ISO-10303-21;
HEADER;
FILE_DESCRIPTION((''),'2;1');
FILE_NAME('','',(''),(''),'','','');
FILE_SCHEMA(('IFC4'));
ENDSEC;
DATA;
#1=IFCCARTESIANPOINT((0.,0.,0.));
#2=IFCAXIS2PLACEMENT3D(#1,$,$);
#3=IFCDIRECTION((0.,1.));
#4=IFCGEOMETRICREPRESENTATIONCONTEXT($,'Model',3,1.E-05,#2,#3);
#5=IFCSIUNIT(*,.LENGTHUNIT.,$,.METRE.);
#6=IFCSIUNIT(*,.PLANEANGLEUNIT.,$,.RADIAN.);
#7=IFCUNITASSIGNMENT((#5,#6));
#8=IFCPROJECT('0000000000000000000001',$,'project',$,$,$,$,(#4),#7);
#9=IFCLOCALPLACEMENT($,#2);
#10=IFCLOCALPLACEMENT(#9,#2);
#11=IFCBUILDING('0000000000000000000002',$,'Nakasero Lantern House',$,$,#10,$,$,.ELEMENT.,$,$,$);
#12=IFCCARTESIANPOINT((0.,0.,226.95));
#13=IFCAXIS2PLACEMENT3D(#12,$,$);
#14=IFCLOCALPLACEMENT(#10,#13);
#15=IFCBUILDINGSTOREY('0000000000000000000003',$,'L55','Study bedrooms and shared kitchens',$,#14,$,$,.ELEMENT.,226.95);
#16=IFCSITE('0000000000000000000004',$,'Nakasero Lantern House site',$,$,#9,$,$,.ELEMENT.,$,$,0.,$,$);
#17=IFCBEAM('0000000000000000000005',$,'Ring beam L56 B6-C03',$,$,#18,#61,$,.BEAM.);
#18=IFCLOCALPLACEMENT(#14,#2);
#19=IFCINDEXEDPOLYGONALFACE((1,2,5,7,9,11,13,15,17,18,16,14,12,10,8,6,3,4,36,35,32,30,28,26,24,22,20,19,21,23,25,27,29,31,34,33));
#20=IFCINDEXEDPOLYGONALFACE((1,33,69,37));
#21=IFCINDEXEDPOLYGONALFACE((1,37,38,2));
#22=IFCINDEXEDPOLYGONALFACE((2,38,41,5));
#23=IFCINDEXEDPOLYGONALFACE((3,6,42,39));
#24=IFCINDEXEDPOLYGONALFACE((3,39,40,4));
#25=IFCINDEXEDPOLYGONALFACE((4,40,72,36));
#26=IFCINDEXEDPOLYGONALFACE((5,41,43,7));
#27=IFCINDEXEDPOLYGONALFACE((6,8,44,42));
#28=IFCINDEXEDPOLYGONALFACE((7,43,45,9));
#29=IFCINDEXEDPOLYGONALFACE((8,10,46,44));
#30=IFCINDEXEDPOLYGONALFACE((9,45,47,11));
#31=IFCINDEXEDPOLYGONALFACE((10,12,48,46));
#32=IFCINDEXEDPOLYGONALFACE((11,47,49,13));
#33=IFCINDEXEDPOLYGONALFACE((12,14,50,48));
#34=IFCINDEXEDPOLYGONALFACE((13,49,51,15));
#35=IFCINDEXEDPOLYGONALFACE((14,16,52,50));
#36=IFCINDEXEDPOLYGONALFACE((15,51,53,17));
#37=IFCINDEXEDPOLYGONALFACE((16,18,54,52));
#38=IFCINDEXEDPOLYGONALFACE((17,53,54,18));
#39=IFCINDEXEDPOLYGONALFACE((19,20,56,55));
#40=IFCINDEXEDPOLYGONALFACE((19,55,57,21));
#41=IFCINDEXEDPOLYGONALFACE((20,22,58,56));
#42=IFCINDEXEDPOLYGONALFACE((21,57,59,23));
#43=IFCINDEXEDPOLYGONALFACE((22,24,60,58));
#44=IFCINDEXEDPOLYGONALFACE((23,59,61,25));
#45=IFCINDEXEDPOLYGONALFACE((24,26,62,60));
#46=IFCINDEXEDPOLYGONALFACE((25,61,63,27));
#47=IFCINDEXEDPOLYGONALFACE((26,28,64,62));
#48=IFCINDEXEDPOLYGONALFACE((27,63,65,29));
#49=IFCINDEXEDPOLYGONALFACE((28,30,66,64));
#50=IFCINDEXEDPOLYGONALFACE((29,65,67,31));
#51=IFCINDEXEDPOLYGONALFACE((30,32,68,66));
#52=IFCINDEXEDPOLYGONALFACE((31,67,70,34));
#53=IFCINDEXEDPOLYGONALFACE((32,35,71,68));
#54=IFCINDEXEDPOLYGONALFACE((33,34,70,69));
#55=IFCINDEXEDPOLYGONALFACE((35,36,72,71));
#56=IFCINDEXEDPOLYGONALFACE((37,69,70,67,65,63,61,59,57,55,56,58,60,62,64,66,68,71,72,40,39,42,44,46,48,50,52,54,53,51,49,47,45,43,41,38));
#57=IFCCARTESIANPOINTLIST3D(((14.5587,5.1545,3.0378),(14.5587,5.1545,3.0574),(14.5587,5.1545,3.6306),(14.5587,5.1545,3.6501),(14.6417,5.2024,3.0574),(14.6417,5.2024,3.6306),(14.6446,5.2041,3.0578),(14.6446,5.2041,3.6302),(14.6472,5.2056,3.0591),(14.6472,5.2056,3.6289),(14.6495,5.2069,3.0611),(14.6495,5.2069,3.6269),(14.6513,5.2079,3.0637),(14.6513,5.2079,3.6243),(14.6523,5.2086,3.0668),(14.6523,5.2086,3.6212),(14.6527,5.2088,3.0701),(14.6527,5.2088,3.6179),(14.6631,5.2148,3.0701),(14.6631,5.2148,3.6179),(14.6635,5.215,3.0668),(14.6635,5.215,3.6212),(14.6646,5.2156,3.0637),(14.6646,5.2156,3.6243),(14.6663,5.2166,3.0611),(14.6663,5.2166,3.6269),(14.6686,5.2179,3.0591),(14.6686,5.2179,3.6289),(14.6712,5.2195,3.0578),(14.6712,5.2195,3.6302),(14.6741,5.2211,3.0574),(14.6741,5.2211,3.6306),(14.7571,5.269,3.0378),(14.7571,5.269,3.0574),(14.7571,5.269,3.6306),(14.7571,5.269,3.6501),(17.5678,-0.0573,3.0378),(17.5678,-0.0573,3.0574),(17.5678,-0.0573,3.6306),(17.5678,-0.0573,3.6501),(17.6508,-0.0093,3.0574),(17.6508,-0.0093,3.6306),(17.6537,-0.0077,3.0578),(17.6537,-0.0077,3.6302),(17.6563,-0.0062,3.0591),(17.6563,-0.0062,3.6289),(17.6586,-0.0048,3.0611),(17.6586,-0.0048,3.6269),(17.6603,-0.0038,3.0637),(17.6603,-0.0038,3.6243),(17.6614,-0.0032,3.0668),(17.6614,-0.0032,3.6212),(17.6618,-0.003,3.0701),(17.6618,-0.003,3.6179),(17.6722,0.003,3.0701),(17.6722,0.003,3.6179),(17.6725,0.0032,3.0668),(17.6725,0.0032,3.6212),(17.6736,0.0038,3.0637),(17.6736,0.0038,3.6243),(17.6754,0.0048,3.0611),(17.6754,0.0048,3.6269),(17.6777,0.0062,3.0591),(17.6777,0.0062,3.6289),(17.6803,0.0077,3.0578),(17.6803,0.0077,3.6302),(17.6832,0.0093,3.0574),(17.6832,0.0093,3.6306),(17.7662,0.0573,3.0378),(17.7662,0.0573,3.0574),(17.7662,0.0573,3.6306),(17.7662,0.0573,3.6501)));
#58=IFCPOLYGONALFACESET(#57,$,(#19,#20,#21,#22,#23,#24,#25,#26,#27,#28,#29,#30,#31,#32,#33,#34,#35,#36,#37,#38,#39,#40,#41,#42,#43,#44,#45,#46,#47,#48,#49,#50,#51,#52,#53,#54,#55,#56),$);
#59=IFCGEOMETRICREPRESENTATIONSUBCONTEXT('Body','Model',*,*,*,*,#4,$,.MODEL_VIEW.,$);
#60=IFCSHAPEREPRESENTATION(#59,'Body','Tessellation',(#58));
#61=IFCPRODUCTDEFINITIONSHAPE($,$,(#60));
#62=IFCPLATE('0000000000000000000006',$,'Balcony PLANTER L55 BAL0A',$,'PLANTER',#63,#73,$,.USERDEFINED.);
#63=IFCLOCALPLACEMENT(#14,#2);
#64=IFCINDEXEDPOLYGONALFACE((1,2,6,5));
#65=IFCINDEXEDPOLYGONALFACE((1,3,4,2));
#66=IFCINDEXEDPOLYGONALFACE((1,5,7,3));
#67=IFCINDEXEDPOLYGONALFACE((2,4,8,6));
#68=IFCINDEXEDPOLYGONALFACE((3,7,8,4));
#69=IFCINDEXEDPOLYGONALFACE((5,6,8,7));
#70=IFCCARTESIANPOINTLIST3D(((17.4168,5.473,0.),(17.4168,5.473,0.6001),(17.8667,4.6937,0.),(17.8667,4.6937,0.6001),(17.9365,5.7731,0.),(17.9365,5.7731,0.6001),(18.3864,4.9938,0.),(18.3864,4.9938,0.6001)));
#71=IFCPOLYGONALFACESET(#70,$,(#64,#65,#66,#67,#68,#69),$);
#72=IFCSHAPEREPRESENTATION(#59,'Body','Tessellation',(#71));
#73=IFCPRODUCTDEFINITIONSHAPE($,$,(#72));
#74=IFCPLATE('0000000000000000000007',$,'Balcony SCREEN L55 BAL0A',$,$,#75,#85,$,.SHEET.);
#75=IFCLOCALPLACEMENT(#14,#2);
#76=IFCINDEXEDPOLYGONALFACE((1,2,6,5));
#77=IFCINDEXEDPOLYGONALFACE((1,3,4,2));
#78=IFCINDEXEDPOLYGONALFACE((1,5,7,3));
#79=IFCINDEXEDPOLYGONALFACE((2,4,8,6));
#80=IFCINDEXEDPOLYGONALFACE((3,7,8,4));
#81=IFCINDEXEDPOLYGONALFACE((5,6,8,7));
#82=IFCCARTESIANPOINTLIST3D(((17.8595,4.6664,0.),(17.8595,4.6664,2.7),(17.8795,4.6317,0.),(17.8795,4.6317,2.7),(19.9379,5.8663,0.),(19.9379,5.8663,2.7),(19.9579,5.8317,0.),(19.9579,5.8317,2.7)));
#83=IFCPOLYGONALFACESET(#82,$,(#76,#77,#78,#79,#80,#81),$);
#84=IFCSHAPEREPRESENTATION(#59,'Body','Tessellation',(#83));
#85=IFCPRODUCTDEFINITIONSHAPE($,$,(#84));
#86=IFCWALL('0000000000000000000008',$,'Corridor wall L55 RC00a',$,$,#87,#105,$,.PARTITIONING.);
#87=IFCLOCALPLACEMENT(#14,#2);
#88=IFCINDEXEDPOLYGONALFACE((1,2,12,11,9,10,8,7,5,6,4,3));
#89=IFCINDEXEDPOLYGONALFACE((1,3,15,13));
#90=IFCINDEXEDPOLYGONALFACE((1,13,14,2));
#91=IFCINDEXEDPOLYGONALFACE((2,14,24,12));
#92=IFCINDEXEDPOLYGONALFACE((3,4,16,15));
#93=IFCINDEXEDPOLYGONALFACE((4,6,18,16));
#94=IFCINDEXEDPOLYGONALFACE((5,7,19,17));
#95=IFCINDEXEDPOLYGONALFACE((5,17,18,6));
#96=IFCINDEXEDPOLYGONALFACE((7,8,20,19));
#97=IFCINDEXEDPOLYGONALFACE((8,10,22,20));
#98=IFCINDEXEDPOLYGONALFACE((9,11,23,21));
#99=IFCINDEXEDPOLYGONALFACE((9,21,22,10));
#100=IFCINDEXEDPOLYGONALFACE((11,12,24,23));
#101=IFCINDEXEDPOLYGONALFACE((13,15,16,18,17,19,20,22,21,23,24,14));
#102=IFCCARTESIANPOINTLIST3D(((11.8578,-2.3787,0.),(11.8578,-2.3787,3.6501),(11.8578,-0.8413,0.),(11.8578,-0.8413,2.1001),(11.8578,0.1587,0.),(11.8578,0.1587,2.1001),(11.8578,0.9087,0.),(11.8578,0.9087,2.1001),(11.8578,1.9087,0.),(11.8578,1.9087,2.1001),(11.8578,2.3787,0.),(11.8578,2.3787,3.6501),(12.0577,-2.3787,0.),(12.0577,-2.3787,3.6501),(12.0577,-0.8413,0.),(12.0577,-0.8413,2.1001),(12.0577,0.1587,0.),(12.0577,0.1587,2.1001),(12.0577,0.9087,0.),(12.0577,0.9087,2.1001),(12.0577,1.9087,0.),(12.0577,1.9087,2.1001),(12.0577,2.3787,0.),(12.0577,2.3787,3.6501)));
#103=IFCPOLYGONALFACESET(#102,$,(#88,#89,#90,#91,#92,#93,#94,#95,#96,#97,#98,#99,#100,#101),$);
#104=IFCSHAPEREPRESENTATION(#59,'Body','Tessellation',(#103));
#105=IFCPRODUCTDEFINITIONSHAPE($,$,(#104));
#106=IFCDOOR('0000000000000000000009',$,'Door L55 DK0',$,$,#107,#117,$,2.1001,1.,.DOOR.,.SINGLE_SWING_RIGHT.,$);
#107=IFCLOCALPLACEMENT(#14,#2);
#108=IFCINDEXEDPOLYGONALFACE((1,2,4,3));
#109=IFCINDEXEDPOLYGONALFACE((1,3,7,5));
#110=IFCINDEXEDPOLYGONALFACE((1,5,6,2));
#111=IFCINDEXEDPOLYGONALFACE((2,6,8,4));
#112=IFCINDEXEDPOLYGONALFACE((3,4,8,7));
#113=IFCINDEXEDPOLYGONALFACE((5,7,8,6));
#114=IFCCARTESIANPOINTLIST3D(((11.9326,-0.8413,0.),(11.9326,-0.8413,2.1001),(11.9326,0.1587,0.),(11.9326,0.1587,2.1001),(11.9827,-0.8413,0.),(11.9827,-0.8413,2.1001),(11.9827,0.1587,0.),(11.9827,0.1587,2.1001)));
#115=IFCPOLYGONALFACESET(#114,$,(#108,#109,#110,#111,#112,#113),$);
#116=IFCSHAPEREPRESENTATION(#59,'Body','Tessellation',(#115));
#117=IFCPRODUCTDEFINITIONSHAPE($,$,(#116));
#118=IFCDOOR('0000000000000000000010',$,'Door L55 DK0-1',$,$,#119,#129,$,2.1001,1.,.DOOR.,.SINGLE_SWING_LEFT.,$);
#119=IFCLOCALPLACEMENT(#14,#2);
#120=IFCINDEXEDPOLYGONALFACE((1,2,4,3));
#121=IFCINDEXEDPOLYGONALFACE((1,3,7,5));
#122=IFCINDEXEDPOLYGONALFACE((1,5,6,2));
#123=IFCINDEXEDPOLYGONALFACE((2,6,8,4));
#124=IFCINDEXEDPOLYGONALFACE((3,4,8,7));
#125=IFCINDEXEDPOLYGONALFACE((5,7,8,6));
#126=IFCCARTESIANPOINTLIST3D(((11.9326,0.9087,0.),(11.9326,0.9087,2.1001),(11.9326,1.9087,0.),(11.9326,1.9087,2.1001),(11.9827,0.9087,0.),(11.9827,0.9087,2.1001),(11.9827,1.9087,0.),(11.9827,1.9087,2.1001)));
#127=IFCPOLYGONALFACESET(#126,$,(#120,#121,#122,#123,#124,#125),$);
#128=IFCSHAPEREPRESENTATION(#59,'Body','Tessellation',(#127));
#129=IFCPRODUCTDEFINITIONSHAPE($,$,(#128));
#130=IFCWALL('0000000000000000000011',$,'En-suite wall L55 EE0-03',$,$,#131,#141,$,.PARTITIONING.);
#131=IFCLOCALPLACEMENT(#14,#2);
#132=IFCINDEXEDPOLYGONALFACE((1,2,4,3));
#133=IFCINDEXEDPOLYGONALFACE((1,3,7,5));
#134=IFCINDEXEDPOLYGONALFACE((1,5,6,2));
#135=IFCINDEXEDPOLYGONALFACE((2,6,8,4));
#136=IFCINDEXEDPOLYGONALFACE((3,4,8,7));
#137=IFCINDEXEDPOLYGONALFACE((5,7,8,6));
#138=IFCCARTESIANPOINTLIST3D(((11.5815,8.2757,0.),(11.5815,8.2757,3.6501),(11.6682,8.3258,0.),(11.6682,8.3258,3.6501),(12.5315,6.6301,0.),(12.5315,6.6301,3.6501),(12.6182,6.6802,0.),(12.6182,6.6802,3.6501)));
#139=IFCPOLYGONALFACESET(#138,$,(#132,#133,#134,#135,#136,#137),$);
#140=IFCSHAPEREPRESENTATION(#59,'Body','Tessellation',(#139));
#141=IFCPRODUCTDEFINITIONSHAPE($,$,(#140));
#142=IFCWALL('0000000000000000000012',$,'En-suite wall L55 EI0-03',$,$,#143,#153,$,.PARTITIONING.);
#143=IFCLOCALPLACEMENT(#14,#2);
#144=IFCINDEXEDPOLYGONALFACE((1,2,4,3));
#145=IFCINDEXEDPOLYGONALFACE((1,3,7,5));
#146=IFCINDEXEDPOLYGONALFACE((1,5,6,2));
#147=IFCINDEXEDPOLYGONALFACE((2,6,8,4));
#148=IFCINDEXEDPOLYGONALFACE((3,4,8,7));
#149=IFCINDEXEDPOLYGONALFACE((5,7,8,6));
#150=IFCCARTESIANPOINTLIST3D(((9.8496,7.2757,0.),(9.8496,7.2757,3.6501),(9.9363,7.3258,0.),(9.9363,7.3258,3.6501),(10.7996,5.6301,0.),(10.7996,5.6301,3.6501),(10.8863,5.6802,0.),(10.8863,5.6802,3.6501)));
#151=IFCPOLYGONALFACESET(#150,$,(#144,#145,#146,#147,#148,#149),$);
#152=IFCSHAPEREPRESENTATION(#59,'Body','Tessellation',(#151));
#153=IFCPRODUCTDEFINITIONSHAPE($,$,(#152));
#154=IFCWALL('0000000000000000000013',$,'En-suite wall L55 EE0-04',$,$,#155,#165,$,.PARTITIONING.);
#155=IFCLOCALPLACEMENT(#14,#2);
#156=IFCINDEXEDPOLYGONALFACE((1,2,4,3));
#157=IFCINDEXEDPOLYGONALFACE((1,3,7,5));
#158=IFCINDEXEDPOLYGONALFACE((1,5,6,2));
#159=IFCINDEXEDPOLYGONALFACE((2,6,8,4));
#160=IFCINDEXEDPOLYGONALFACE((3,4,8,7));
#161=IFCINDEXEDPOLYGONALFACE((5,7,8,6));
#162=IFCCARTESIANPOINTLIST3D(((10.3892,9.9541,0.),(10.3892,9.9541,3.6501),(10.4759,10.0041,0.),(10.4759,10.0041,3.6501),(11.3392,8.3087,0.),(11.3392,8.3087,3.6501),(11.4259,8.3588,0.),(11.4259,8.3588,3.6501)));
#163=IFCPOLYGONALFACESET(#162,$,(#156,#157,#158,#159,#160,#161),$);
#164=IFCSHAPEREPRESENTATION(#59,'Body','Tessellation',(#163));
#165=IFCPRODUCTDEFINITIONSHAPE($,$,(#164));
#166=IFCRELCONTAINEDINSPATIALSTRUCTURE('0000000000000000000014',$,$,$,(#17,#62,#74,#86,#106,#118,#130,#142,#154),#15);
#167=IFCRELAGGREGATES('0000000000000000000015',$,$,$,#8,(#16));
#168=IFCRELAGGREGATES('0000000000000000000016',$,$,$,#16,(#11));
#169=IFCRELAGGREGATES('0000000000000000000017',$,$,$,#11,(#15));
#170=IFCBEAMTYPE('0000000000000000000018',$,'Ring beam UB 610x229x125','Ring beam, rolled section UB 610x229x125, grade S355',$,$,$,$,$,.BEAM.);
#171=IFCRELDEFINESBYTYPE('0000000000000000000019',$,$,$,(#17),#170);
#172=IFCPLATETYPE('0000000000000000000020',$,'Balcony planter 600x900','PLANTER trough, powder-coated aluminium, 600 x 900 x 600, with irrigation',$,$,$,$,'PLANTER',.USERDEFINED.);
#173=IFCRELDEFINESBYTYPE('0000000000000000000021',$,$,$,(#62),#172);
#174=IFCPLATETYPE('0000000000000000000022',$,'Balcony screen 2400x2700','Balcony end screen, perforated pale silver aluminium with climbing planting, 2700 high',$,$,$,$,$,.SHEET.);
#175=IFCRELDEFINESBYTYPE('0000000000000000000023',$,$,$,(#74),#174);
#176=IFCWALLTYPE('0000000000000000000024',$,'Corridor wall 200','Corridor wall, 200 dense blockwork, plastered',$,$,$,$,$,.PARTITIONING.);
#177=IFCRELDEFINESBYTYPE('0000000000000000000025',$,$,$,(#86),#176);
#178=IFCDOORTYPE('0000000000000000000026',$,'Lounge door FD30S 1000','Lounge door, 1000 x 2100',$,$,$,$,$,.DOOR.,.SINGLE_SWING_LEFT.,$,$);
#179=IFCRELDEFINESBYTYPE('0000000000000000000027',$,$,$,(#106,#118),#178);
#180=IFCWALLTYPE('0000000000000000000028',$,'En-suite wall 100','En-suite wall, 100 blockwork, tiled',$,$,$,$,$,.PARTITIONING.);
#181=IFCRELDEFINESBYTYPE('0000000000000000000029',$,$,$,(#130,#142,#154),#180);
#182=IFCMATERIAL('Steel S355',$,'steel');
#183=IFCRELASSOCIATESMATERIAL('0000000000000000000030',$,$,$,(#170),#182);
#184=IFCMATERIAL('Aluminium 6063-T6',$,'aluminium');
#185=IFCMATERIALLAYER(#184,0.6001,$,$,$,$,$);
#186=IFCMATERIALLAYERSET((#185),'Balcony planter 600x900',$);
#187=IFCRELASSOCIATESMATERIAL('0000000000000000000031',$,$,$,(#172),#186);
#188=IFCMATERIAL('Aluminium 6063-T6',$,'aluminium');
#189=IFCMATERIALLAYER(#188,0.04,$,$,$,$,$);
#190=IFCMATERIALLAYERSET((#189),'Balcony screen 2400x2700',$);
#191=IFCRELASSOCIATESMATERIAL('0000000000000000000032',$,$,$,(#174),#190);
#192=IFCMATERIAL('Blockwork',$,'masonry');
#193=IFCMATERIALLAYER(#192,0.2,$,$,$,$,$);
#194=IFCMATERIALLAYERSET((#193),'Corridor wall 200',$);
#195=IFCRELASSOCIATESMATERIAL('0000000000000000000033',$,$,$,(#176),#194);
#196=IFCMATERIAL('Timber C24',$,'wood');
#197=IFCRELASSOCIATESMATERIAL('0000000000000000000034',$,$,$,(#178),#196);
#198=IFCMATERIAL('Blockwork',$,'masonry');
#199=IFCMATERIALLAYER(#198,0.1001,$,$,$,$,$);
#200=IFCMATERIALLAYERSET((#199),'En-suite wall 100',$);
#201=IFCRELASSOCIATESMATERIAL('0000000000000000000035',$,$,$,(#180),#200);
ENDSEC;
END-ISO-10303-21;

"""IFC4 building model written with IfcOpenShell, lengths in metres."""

from ifc_helpers import new_model, si_unit, direction, frame, frame_2d, origin, origin_2d, place, context, subcontext, project, spatial, rectangle, i_section, extrude, material, layer, layer_set, material_profile, profile_set, type_object, element, fill, save


model = new_model("IFC4")

# Units and contexts
model_context = context("Model", 3, precision=1e-05, world=origin(), true_north=direction((0.0, 1.0)))
body_context = subcontext(model_context, "Body", "Model", "MODEL_VIEW")
ifc_project = project(units=[si_unit("LENGTHUNIT", "METRE"), si_unit("PLANEANGLEUNIT", "RADIAN")], contexts=[model_context])

# Site, building, storey
site_placement = place(None, origin())
site = spatial("IfcSite", under=ifc_project, at=site_placement, Name="Nakasero Lantern House site", CompositionType="ELEMENT", RefElevation=0.0)
building_placement = place(site_placement, origin())
building = spatial("IfcBuilding", under=site, at=building_placement, Name="Nakasero Lantern House", CompositionType="ELEMENT")
storey_placement = place(building_placement, frame((0.0, 0.0, 226.95)))
storey = spatial("IfcBuildingStorey", under=building, at=storey_placement, Name="L55", Description="Study bedrooms and shared kitchens", CompositionType="ELEMENT", Elevation=226.95)

# Beam
ifc_material_1 = material(Name="Steel S355", Category="steel")
ifc_material_profile_1 = material_profile(ifc_material_1, i_section(OverallWidth=0.229, OverallDepth=0.6123, WebThickness=0.012, FlangeThickness=0.0195, FilletRadius=0.0127, at=origin_2d()), Name="UB 610x229x125")
ifc_profile_set_1 = profile_set([ifc_material_profile_1], Name="Steel S355")
beam_type_1 = type_object("IfcBeamType", Name="Ring beam UB 610x229x125", Description="Ring beam, rolled section UB 610x229x125, grade S355", PredefinedType="BEAM", material=ifc_profile_set_1)
beam_1_placement = place(storey_placement, frame((17.667, 0.0, 3.344), z_axis=(-0.500009, 0.86602, 0.0), x_axis=(-0.86602, -0.500009, 0.0)))
element("IfcBeam", 1, at=beam_1_placement, inside=storey, type_object=beam_type_1, Name="Ring beam L56 B6-C03", PredefinedType="BEAM", context=body_context, shape_type="SweptSolid", body=[
    extrude(i_section(OverallWidth=0.229, OverallDepth=0.6123, WebThickness=0.012, FlangeThickness=0.0195, FilletRadius=0.0127, at=origin_2d()), origin(), (0.0, 0.0, 1.0), 6.0181),
])

# Plates
ifc_material_2 = material(Name="Aluminium 6063-T6", Category="aluminium")
ifc_layer_1 = layer(ifc_material_2, 0.6001)
ifc_layer_set_1 = layer_set([ifc_layer_1], Name="Balcony planter 600x900")
plate_type_1 = type_object("IfcPlateType", Name="Balcony planter 600x900", Description="PLANTER trough, powder-coated aluminium, 600 x 900 x 600, with irrigation", ElementType="PLANTER", PredefinedType="USERDEFINED", material=ifc_layer_set_1)
plate_1_placement = place(storey_placement, frame((17.9016, 5.2334, 0.0), z_axis=(0.0, 0.0, 1.0), x_axis=(0.866025, 0.5, 0.0)))
element("IfcPlate", 2, at=plate_1_placement, inside=storey, type_object=plate_type_1, Name="Balcony PLANTER L55 BAL0A", ObjectType="PLANTER", PredefinedType="USERDEFINED", context=body_context, shape_type="SweptSolid", body=[
    extrude(rectangle(XDim=0.6001, YDim=0.8999, at=origin_2d()), origin(), (0.0, 0.0, 1.0), 0.6001),
])
ifc_material_3 = material(Name="Aluminium 6063-T6", Category="aluminium")
ifc_layer_2 = layer(ifc_material_3, 0.04)
ifc_layer_set_2 = layer_set([ifc_layer_2], Name="Balcony screen 2400x2700")
plate_type_2 = type_object("IfcPlateType", Name="Balcony screen 2400x2700", Description="Balcony end screen, perforated pale silver aluminium with climbing planting, 2700 high", PredefinedType="SHEET", material=ifc_layer_set_2)
plate_2_placement = place(storey_placement, frame((18.9087, 5.249, 0.0), z_axis=(0.0, 0.0, 1.0), x_axis=(0.866025, 0.5, 0.0)))
element("IfcPlate", 3, at=plate_2_placement, inside=storey, type_object=plate_type_2, Name="Balcony SCREEN L55 BAL0A", PredefinedType="SHEET", context=body_context, shape_type="SweptSolid", body=[
    extrude(rectangle(XDim=2.3999, YDim=0.04, at=origin_2d()), origin(), (0.0, 0.0, 1.0), 2.7),
])

# Wall, openings, doors
ifc_material_4 = material(Name="Blockwork", Category="masonry")
ifc_layer_3 = layer(ifc_material_4, 0.2)
ifc_layer_set_3 = layer_set([ifc_layer_3], Name="Corridor wall 200")
wall_type_1 = type_object("IfcWallType", Name="Corridor wall 200", Description="Corridor wall, 200 dense blockwork, plastered", PredefinedType="PARTITIONING", material=ifc_layer_set_3)
wall_1_placement = place(storey_placement, frame((11.9578, 2.3787, 0.0), z_axis=(0.0, 0.0, 1.0), x_axis=(0.0, -1.0, 0.0)))
wall_1 = element("IfcWall", 4, at=wall_1_placement, inside=storey, type_object=wall_type_1, Name="Corridor wall L55 RC00a", PredefinedType="PARTITIONING", context=body_context, shape_type="SweptSolid", body=[
    extrude(rectangle(XDim=4.7573, YDim=0.2, at=frame_2d((2.3787, 0.0))), origin(), (0.0, 0.0, 1.0), 3.6501),
])
opening_1_placement = place(wall_1_placement, frame((2.22, 0.0, 0.0)))
opening_1 = element("IfcOpeningElement", 5, at=opening_1_placement, cuts=wall_1, PredefinedType="OPENING", context=body_context, shape_type="SweptSolid", body=[
    extrude(rectangle(XDim=1.0, YDim=2.1001, at=frame_2d((0.5, 1.05))), frame((0.0, 0.1199, 0.0), z_axis=(0.0, -1.0, 0.0), x_axis=(1.0, 0.0, 0.0)), (0.0, 0.0, 1.0), 0.24),
])
opening_2_placement = place(wall_1_placement, frame((0.47, 0.0, 0.0)))
opening_2 = element("IfcOpeningElement", 6, at=opening_2_placement, cuts=wall_1, PredefinedType="OPENING", context=body_context, shape_type="SweptSolid", body=[
    extrude(rectangle(XDim=1.0, YDim=2.1001, at=frame_2d((0.5, 1.05))), frame((0.0, 0.1199, 0.0), z_axis=(0.0, -1.0, 0.0), x_axis=(1.0, 0.0, 0.0)), (0.0, 0.0, 1.0), 0.24),
])
ifc_material_5 = material(Name="Timber C24", Category="wood")
door_type_1 = type_object("IfcDoorType", Name="Lounge door FD30S 1000", Description="Lounge door, 1000 x 2100", OperationType="SINGLE_SWING_LEFT", PredefinedType="DOOR", material=ifc_material_5)
door_1_placement = place(opening_1_placement, origin())
door_1 = element("IfcDoor", 7, at=door_1_placement, inside=storey, type_object=door_type_1, Name="Door L55 DK0", OperationType="SINGLE_SWING_RIGHT", OverallHeight=2.1001, OverallWidth=1.0, PredefinedType="DOOR", context=body_context, shape_type="SweptSolid", body=[
    extrude(rectangle(XDim=1.0, YDim=2.1001, at=frame_2d((0.5, 1.05))), frame((0.0, 0.0249, 0.0), z_axis=(0.0, -1.0, 0.0), x_axis=(1.0, 0.0, 0.0)), (0.0, 0.0, 1.0), 0.05),
])
fill(opening_1, door_1)
door_2_placement = place(opening_2_placement, origin())
door_2 = element("IfcDoor", 8, at=door_2_placement, inside=storey, type_object=door_type_1, Name="Door L55 DK0-1", OperationType="SINGLE_SWING_LEFT", OverallHeight=2.1001, OverallWidth=1.0, PredefinedType="DOOR", context=body_context, shape_type="SweptSolid", body=[
    extrude(rectangle(XDim=1.0, YDim=2.1001, at=frame_2d((0.5, 1.05))), frame((0.0, 0.0249, 0.0), z_axis=(0.0, -1.0, 0.0), x_axis=(1.0, 0.0, 0.0)), (0.0, 0.0, 1.0), 0.05),
])
fill(opening_2, door_2)

# Walls
ifc_material_6 = material(Name="Blockwork", Category="masonry")
ifc_layer_4 = layer(ifc_material_6, 0.1001)
ifc_layer_set_4 = layer_set([ifc_layer_4], Name="En-suite wall 100")
wall_type_2 = type_object("IfcWallType", Name="En-suite wall 100", Description="En-suite wall, 100 blockwork, tiled", PredefinedType="PARTITIONING", material=ifc_layer_set_4)
for number, where, z_axis, x_axis, name in (
    (9, (12.575, 6.655, 0.0), (0.0, 0.0, 1.0), (-0.499967, 0.866044, 0.0), "En-suite wall L55 EE0-03"),
    (10, (10.843, 5.655, 0.0), (0.0, 0.0, 1.0), (-0.499967, 0.866044, 0.0), "En-suite wall L55 EI0-03"),
):
    element("IfcWall", number, at=place(storey_placement, frame(where, z_axis=z_axis, x_axis=x_axis)), inside=storey, type_object=wall_type_2, Name=name, PredefinedType="PARTITIONING", context=body_context, shape_type="SweptSolid", body=[
        extrude(rectangle(XDim=1.9001, YDim=0.1001, at=frame_2d((0.9502, 0.0))), origin(), (0.0, 0.0, 1.0), 3.6501),
    ])
wall_2_placement = place(storey_placement, frame((11.3826, 8.3337, 0.0), z_axis=(0.0, 0.0, 1.0), x_axis=(-0.500023, 0.866012, 0.0)))
element("IfcWall", 11, at=wall_2_placement, inside=storey, type_object=wall_type_2, Name="En-suite wall L55 EE0-04", PredefinedType="PARTITIONING", context=body_context, shape_type="SweptSolid", body=[
    extrude(rectangle(XDim=1.8999, YDim=0.1001, at=frame_2d((0.95, 0.0))), origin(), (0.0, 0.0, 1.0), 3.6501),
])

save(model, "model.ifc")
